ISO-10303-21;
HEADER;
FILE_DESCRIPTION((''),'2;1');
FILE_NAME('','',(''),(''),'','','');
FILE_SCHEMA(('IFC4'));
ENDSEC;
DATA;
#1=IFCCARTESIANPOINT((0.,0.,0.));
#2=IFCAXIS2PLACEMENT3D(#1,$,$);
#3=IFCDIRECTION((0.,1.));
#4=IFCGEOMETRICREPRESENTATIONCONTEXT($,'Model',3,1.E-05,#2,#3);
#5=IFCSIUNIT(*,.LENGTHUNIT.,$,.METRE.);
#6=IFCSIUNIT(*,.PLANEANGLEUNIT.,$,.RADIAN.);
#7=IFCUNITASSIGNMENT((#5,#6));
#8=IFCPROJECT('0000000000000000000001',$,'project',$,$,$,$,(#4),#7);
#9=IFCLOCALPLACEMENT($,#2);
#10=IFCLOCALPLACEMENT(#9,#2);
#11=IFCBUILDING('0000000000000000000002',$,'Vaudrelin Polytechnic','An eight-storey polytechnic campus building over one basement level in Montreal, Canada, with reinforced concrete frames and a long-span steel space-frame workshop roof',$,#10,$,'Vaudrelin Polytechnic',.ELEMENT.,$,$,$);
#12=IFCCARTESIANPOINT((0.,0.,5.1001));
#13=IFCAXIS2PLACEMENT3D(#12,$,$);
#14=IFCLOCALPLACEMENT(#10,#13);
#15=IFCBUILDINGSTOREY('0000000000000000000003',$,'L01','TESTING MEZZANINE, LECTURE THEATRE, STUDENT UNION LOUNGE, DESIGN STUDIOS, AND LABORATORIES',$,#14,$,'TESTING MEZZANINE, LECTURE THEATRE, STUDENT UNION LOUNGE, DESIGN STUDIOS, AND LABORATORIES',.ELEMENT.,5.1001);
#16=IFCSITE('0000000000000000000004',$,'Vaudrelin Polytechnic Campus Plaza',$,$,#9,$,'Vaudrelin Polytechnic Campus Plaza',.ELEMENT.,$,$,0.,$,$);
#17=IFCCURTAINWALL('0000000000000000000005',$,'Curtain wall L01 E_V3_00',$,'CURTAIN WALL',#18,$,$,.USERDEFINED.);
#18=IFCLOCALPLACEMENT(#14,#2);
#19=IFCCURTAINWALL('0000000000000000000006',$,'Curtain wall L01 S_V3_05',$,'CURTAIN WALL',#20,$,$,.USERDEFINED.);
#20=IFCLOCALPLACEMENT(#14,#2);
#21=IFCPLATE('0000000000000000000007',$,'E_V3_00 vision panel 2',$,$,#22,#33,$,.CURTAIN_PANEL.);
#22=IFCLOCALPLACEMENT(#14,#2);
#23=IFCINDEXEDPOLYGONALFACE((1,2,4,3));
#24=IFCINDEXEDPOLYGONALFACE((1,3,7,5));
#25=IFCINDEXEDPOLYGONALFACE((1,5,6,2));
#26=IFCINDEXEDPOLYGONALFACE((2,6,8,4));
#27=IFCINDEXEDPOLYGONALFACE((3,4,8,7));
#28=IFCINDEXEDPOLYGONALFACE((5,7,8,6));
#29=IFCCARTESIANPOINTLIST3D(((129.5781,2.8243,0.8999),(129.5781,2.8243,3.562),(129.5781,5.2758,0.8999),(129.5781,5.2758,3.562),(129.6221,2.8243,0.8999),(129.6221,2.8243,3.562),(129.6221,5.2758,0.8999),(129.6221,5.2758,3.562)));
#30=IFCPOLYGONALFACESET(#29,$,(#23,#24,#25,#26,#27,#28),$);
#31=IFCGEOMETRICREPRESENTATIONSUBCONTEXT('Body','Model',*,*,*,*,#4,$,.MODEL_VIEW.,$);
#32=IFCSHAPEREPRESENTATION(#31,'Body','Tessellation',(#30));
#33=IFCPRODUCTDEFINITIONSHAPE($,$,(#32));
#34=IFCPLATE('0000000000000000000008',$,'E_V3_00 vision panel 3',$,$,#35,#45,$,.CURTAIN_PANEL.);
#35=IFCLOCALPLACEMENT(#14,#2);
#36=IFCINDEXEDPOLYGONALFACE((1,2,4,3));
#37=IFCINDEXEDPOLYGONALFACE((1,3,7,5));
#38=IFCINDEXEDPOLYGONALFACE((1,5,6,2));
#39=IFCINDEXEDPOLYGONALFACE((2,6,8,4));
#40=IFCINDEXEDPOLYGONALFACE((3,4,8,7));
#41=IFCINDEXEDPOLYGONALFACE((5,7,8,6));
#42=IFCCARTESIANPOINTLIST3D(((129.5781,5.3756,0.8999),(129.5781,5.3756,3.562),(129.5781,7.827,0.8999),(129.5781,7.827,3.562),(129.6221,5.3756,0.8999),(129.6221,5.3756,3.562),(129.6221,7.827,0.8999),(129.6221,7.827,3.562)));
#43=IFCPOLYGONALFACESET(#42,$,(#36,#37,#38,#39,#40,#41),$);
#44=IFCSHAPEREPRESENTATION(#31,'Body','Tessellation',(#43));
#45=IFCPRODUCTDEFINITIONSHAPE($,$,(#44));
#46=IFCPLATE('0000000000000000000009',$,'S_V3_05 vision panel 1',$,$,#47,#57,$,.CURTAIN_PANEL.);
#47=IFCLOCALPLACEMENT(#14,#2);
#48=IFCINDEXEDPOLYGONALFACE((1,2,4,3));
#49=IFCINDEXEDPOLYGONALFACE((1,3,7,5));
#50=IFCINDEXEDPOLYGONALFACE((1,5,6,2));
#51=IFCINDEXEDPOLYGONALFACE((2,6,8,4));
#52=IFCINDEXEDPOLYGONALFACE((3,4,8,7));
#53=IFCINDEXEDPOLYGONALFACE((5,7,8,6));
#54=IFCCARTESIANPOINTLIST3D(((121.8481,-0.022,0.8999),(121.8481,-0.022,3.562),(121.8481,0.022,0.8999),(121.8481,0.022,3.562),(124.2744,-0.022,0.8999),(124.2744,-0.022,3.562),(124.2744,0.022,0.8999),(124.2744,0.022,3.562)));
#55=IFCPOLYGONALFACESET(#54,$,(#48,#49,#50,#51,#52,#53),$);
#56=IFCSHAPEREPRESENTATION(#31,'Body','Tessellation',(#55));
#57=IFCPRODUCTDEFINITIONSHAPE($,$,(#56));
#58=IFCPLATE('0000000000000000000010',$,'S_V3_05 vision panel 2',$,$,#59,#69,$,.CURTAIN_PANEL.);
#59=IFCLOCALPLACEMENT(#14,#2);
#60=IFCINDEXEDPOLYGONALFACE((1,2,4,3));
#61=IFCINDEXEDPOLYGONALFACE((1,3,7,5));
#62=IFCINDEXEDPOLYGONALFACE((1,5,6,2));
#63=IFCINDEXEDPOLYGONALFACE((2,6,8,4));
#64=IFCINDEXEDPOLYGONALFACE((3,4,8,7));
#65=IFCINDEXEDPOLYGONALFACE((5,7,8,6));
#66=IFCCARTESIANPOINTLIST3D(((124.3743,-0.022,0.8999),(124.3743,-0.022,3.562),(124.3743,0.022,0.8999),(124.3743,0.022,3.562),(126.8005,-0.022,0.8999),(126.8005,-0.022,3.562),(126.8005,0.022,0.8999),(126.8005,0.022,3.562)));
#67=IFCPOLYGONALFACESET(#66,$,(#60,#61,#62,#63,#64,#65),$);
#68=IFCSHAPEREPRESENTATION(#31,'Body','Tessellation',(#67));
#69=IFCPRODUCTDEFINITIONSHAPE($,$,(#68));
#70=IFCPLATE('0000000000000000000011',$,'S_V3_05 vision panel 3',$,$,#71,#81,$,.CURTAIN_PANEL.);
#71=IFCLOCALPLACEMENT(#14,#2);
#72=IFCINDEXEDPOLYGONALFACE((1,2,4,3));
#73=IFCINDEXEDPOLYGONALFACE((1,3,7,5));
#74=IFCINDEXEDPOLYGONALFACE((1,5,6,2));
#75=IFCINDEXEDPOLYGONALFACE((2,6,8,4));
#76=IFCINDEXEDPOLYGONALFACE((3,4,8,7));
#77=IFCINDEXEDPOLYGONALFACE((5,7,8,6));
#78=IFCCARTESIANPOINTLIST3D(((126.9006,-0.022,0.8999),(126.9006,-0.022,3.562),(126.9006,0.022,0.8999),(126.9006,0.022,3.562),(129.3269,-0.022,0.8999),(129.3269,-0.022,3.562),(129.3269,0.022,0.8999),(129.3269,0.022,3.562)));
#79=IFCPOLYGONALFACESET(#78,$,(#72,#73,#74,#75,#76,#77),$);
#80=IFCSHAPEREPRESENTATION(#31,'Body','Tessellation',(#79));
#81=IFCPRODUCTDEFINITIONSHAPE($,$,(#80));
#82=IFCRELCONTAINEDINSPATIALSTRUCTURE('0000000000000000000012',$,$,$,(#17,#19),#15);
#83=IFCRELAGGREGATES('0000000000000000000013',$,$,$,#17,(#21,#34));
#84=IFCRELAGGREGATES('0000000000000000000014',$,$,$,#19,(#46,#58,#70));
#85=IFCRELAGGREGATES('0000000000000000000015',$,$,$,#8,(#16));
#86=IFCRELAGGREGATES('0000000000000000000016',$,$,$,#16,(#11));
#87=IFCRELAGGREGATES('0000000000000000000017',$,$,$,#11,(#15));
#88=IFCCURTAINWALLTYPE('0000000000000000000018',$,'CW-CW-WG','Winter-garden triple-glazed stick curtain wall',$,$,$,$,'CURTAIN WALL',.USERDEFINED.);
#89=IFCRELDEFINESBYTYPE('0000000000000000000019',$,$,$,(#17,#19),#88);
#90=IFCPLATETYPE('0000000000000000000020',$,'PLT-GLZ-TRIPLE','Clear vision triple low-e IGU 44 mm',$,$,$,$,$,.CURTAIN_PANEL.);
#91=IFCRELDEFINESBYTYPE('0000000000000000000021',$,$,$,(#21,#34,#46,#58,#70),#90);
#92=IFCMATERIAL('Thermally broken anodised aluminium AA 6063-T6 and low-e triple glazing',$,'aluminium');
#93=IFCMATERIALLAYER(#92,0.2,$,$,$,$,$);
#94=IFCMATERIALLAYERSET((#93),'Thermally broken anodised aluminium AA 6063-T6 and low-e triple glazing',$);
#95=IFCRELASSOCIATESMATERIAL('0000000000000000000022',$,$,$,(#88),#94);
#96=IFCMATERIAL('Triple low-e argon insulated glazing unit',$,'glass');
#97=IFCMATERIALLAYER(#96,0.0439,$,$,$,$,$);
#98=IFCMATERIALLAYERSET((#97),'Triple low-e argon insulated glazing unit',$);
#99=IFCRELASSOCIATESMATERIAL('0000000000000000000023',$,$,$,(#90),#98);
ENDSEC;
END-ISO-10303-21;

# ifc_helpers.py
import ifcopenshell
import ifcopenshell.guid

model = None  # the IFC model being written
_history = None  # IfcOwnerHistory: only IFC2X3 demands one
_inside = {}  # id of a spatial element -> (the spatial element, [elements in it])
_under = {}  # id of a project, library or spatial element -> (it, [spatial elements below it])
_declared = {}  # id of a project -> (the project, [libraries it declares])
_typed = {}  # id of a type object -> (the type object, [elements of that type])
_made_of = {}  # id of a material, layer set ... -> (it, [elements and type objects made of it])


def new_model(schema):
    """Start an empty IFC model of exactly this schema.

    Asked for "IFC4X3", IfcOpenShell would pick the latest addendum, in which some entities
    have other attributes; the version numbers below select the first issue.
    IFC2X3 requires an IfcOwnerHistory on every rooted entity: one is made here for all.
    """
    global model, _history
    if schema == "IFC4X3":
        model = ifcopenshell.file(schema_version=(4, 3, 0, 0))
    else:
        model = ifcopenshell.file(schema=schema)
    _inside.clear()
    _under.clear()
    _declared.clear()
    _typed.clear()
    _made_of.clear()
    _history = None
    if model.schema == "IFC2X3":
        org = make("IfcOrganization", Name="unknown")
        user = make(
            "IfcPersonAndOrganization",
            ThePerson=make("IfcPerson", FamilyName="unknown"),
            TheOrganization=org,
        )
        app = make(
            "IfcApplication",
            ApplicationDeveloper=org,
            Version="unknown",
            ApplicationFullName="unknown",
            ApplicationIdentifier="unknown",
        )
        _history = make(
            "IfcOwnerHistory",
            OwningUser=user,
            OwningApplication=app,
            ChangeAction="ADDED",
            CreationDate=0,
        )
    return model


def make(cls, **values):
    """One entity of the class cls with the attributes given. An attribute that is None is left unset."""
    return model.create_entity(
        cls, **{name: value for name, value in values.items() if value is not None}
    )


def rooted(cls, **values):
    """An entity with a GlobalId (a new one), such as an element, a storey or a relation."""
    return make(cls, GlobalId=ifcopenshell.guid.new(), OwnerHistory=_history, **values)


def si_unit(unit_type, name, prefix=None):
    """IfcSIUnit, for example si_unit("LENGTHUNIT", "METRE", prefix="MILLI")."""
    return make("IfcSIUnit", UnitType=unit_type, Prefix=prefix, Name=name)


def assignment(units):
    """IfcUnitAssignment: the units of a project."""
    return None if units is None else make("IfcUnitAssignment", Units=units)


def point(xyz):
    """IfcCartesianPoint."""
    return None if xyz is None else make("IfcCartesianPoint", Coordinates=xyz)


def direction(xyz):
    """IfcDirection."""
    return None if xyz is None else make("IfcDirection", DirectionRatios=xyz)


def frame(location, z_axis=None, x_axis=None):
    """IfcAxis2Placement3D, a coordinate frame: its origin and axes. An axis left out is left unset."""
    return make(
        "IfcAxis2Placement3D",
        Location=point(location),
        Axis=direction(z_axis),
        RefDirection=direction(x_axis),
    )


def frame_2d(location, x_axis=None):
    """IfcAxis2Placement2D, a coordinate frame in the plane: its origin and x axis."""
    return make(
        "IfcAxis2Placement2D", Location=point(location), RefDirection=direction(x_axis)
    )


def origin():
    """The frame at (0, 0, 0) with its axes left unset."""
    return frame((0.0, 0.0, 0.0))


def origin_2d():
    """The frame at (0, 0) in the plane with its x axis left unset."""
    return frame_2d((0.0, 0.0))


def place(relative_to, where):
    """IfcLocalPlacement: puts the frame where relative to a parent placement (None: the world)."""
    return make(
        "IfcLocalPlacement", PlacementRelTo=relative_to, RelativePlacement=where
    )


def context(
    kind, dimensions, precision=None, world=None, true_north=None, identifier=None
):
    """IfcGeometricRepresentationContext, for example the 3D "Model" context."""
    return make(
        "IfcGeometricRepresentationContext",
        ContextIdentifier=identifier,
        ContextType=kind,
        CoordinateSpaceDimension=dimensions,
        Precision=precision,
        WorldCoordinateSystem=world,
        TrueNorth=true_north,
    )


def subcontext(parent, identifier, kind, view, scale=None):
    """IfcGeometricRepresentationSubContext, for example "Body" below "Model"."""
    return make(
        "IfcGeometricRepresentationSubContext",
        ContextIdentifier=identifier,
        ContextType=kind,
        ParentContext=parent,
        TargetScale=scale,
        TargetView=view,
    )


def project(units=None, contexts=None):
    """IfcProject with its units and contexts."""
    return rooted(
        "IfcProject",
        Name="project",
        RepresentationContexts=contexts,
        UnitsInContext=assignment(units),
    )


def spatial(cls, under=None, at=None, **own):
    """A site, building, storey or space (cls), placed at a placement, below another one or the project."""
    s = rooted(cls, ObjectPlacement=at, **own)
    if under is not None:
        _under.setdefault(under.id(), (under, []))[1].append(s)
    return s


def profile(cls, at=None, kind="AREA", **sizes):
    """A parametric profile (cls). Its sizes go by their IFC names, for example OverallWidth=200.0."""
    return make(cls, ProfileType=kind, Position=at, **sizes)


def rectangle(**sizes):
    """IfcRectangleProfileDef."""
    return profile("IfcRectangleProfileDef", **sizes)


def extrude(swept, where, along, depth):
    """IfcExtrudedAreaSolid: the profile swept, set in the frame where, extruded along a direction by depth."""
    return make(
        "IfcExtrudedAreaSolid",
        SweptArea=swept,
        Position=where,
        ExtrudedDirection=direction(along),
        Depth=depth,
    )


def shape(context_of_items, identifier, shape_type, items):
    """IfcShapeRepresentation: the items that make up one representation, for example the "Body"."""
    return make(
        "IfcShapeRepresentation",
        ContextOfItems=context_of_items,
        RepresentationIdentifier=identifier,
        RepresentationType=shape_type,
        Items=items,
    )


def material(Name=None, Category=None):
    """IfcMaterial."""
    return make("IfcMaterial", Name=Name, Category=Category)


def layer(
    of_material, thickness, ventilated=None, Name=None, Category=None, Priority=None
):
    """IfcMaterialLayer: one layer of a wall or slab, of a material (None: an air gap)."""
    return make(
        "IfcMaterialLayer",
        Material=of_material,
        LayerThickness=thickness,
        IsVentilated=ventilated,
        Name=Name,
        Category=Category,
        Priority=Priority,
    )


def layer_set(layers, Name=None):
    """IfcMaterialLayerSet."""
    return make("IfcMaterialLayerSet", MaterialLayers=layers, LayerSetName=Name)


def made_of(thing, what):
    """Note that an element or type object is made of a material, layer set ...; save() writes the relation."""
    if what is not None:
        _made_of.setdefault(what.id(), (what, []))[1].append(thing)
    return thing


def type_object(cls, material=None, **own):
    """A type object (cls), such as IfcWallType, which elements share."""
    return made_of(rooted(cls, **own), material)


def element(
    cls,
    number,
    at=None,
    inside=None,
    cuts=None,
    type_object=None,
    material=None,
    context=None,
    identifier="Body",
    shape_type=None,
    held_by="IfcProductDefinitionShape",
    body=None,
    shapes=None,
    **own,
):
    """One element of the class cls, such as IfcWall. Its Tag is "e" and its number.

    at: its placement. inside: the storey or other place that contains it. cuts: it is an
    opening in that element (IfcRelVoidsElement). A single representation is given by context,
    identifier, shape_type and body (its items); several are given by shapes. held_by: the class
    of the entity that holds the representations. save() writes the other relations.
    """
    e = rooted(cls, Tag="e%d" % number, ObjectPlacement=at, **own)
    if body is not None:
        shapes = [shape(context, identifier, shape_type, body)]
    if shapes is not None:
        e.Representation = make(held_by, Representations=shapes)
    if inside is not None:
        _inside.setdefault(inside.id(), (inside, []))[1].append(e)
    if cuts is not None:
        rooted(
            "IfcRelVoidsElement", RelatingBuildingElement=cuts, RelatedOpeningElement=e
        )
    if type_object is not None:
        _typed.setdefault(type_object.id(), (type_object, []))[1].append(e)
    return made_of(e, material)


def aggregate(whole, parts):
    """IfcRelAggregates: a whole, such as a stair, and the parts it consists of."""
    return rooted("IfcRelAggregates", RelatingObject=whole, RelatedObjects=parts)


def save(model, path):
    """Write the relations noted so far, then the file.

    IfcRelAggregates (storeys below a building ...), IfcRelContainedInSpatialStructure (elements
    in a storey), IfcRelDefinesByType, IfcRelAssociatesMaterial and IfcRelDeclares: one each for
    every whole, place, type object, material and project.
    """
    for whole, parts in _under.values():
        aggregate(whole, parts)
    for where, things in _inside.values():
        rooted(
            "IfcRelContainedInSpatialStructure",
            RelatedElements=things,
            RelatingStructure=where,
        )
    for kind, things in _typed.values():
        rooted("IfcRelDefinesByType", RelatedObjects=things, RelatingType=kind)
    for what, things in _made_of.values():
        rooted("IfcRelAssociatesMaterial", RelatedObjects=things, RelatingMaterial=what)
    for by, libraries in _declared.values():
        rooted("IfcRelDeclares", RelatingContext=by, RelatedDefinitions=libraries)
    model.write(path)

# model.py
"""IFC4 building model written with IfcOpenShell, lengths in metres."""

from ifc_helpers import new_model, si_unit, direction, frame, origin, origin_2d, place, context, subcontext, project, spatial, rectangle, extrude, material, layer, layer_set, type_object, element, aggregate, save


model = new_model("IFC4")

# Units and contexts
model_context = context("Model", 3, precision=1e-05, world=origin(), true_north=direction((0.0, 1.0)))
body_context = subcontext(model_context, "Body", "Model", "MODEL_VIEW")
ifc_project = project(units=[si_unit("LENGTHUNIT", "METRE"), si_unit("PLANEANGLEUNIT", "RADIAN")], contexts=[model_context])

# Site, building, storey
site_placement = place(None, origin())
site = spatial("IfcSite", under=ifc_project, at=site_placement, Name="Vaudrelin Polytechnic Campus Plaza", LongName="Vaudrelin Polytechnic Campus Plaza", CompositionType="ELEMENT", RefElevation=0.0)
building_placement = place(site_placement, origin())
building = spatial("IfcBuilding", under=site, at=building_placement, Name="Vaudrelin Polytechnic", Description="An eight-storey polytechnic campus building over one basement level in Montreal, Canada, with reinforced concrete frames and a long-span steel space-frame workshop roof", LongName="Vaudrelin Polytechnic", CompositionType="ELEMENT")
storey_placement = place(building_placement, frame((0.0, 0.0, 5.1001)))
storey = spatial("IfcBuildingStorey", under=building, at=storey_placement, Name="L01", Description="TESTING MEZZANINE, LECTURE THEATRE, STUDENT UNION LOUNGE, DESIGN STUDIOS, AND LABORATORIES", LongName="TESTING MEZZANINE, LECTURE THEATRE, STUDENT UNION LOUNGE, DESIGN STUDIOS, AND LABORATORIES", CompositionType="ELEMENT", Elevation=5.1001)

# Curtain walls
ifc_material_1 = material(Name="Thermally broken anodised aluminium AA 6063-T6 and low-e triple glazing", Category="aluminium")
ifc_layer_1 = layer(ifc_material_1, 0.2)
ifc_layer_set_1 = layer_set([ifc_layer_1], Name="Thermally broken anodised aluminium AA 6063-T6 and low-e triple glazing")
curtain_wall_type = type_object("IfcCurtainWallType", Name="CW-CW-WG", Description="Winter-garden triple-glazed stick curtain wall", ElementType="CURTAIN WALL", PredefinedType="USERDEFINED", material=ifc_layer_set_1)
curtain_wall_1_placement = place(storey_placement, origin())
curtain_wall_1 = element("IfcCurtainWall", 1, at=curtain_wall_1_placement, inside=storey, type_object=curtain_wall_type, Name="Curtain wall L01 E_V3_00", ObjectType="CURTAIN WALL", PredefinedType="USERDEFINED")
curtain_wall_2_placement = place(storey_placement, origin())
curtain_wall_2 = element("IfcCurtainWall", 2, at=curtain_wall_2_placement, inside=storey, type_object=curtain_wall_type, Name="Curtain wall L01 S_V3_05", ObjectType="CURTAIN WALL", PredefinedType="USERDEFINED")

# Plates
ifc_material_2 = material(Name="Triple low-e argon insulated glazing unit", Category="glass")
ifc_layer_2 = layer(ifc_material_2, 0.0439)
ifc_layer_set_2 = layer_set([ifc_layer_2], Name="Triple low-e argon insulated glazing unit")
plate_type_1 = type_object("IfcPlateType", Name="PLT-GLZ-TRIPLE", Description="Clear vision triple low-e IGU 44 mm", PredefinedType="CURTAIN_PANEL", material=ifc_layer_set_2)
plate_1_placement = place(storey_placement, frame((129.6001, 4.05, 0.8999), z_axis=(0.0, 0.0, 1.0), x_axis=(0.0, 1.0, 0.0)))
plate_1 = element("IfcPlate", 3, at=plate_1_placement, type_object=plate_type_1, Name="E_V3_00 vision panel 2", PredefinedType="CURTAIN_PANEL", context=body_context, shape_type="SweptSolid", body=[
    extrude(rectangle(XDim=2.4514, YDim=0.0439, at=origin_2d()), origin(), (0.0, 0.0, 1.0), 2.6621),
])
plate_2_placement = place(storey_placement, frame((129.6001, 6.6013, 0.8999), z_axis=(0.0, 0.0, 1.0), x_axis=(0.0, 1.0, 0.0)))
plate_2 = element("IfcPlate", 4, at=plate_2_placement, type_object=plate_type_1, Name="E_V3_00 vision panel 3", PredefinedType="CURTAIN_PANEL", context=body_context, shape_type="SweptSolid", body=[
    extrude(rectangle(XDim=2.4514, YDim=0.0439, at=origin_2d()), origin(), (0.0, 0.0, 1.0), 2.6621),
])
aggregate(curtain_wall_1, [plate_1, plate_2])
plate_3_placement = place(storey_placement, frame((123.0613, 0.0, 0.8999), z_axis=(0.0, 0.0, 1.0), x_axis=(1.0, 0.0, 0.0)))
plate_3 = element("IfcPlate", 5, at=plate_3_placement, type_object=plate_type_1, Name="S_V3_05 vision panel 1", PredefinedType="CURTAIN_PANEL", context=body_context, shape_type="SweptSolid", body=[
    extrude(rectangle(XDim=2.4263, YDim=0.0439, at=origin_2d()), origin(), (0.0, 0.0, 1.0), 2.6621),
])
plate_4_placement = place(storey_placement, frame((125.5874, 0.0, 0.8999), z_axis=(0.0, 0.0, 1.0), x_axis=(1.0, 0.0, 0.0)))
plate_4 = element("IfcPlate", 6, at=plate_4_placement, type_object=plate_type_1, Name="S_V3_05 vision panel 2", PredefinedType="CURTAIN_PANEL", context=body_context, shape_type="SweptSolid", body=[
    extrude(rectangle(XDim=2.4263, YDim=0.0439, at=origin_2d()), origin(), (0.0, 0.0, 1.0), 2.6621),
])
plate_5_placement = place(storey_placement, frame((128.1138, 0.0, 0.8999), z_axis=(0.0, 0.0, 1.0), x_axis=(1.0, 0.0, 0.0)))
plate_5 = element("IfcPlate", 7, at=plate_5_placement, type_object=plate_type_1, Name="S_V3_05 vision panel 3", PredefinedType="CURTAIN_PANEL", context=body_context, shape_type="SweptSolid", body=[
    extrude(rectangle(XDim=2.4263, YDim=0.0439, at=origin_2d()), origin(), (0.0, 0.0, 1.0), 2.6621),
])
aggregate(curtain_wall_2, [plate_3, plate_4, plate_5])

save(model, "model.ifc")
